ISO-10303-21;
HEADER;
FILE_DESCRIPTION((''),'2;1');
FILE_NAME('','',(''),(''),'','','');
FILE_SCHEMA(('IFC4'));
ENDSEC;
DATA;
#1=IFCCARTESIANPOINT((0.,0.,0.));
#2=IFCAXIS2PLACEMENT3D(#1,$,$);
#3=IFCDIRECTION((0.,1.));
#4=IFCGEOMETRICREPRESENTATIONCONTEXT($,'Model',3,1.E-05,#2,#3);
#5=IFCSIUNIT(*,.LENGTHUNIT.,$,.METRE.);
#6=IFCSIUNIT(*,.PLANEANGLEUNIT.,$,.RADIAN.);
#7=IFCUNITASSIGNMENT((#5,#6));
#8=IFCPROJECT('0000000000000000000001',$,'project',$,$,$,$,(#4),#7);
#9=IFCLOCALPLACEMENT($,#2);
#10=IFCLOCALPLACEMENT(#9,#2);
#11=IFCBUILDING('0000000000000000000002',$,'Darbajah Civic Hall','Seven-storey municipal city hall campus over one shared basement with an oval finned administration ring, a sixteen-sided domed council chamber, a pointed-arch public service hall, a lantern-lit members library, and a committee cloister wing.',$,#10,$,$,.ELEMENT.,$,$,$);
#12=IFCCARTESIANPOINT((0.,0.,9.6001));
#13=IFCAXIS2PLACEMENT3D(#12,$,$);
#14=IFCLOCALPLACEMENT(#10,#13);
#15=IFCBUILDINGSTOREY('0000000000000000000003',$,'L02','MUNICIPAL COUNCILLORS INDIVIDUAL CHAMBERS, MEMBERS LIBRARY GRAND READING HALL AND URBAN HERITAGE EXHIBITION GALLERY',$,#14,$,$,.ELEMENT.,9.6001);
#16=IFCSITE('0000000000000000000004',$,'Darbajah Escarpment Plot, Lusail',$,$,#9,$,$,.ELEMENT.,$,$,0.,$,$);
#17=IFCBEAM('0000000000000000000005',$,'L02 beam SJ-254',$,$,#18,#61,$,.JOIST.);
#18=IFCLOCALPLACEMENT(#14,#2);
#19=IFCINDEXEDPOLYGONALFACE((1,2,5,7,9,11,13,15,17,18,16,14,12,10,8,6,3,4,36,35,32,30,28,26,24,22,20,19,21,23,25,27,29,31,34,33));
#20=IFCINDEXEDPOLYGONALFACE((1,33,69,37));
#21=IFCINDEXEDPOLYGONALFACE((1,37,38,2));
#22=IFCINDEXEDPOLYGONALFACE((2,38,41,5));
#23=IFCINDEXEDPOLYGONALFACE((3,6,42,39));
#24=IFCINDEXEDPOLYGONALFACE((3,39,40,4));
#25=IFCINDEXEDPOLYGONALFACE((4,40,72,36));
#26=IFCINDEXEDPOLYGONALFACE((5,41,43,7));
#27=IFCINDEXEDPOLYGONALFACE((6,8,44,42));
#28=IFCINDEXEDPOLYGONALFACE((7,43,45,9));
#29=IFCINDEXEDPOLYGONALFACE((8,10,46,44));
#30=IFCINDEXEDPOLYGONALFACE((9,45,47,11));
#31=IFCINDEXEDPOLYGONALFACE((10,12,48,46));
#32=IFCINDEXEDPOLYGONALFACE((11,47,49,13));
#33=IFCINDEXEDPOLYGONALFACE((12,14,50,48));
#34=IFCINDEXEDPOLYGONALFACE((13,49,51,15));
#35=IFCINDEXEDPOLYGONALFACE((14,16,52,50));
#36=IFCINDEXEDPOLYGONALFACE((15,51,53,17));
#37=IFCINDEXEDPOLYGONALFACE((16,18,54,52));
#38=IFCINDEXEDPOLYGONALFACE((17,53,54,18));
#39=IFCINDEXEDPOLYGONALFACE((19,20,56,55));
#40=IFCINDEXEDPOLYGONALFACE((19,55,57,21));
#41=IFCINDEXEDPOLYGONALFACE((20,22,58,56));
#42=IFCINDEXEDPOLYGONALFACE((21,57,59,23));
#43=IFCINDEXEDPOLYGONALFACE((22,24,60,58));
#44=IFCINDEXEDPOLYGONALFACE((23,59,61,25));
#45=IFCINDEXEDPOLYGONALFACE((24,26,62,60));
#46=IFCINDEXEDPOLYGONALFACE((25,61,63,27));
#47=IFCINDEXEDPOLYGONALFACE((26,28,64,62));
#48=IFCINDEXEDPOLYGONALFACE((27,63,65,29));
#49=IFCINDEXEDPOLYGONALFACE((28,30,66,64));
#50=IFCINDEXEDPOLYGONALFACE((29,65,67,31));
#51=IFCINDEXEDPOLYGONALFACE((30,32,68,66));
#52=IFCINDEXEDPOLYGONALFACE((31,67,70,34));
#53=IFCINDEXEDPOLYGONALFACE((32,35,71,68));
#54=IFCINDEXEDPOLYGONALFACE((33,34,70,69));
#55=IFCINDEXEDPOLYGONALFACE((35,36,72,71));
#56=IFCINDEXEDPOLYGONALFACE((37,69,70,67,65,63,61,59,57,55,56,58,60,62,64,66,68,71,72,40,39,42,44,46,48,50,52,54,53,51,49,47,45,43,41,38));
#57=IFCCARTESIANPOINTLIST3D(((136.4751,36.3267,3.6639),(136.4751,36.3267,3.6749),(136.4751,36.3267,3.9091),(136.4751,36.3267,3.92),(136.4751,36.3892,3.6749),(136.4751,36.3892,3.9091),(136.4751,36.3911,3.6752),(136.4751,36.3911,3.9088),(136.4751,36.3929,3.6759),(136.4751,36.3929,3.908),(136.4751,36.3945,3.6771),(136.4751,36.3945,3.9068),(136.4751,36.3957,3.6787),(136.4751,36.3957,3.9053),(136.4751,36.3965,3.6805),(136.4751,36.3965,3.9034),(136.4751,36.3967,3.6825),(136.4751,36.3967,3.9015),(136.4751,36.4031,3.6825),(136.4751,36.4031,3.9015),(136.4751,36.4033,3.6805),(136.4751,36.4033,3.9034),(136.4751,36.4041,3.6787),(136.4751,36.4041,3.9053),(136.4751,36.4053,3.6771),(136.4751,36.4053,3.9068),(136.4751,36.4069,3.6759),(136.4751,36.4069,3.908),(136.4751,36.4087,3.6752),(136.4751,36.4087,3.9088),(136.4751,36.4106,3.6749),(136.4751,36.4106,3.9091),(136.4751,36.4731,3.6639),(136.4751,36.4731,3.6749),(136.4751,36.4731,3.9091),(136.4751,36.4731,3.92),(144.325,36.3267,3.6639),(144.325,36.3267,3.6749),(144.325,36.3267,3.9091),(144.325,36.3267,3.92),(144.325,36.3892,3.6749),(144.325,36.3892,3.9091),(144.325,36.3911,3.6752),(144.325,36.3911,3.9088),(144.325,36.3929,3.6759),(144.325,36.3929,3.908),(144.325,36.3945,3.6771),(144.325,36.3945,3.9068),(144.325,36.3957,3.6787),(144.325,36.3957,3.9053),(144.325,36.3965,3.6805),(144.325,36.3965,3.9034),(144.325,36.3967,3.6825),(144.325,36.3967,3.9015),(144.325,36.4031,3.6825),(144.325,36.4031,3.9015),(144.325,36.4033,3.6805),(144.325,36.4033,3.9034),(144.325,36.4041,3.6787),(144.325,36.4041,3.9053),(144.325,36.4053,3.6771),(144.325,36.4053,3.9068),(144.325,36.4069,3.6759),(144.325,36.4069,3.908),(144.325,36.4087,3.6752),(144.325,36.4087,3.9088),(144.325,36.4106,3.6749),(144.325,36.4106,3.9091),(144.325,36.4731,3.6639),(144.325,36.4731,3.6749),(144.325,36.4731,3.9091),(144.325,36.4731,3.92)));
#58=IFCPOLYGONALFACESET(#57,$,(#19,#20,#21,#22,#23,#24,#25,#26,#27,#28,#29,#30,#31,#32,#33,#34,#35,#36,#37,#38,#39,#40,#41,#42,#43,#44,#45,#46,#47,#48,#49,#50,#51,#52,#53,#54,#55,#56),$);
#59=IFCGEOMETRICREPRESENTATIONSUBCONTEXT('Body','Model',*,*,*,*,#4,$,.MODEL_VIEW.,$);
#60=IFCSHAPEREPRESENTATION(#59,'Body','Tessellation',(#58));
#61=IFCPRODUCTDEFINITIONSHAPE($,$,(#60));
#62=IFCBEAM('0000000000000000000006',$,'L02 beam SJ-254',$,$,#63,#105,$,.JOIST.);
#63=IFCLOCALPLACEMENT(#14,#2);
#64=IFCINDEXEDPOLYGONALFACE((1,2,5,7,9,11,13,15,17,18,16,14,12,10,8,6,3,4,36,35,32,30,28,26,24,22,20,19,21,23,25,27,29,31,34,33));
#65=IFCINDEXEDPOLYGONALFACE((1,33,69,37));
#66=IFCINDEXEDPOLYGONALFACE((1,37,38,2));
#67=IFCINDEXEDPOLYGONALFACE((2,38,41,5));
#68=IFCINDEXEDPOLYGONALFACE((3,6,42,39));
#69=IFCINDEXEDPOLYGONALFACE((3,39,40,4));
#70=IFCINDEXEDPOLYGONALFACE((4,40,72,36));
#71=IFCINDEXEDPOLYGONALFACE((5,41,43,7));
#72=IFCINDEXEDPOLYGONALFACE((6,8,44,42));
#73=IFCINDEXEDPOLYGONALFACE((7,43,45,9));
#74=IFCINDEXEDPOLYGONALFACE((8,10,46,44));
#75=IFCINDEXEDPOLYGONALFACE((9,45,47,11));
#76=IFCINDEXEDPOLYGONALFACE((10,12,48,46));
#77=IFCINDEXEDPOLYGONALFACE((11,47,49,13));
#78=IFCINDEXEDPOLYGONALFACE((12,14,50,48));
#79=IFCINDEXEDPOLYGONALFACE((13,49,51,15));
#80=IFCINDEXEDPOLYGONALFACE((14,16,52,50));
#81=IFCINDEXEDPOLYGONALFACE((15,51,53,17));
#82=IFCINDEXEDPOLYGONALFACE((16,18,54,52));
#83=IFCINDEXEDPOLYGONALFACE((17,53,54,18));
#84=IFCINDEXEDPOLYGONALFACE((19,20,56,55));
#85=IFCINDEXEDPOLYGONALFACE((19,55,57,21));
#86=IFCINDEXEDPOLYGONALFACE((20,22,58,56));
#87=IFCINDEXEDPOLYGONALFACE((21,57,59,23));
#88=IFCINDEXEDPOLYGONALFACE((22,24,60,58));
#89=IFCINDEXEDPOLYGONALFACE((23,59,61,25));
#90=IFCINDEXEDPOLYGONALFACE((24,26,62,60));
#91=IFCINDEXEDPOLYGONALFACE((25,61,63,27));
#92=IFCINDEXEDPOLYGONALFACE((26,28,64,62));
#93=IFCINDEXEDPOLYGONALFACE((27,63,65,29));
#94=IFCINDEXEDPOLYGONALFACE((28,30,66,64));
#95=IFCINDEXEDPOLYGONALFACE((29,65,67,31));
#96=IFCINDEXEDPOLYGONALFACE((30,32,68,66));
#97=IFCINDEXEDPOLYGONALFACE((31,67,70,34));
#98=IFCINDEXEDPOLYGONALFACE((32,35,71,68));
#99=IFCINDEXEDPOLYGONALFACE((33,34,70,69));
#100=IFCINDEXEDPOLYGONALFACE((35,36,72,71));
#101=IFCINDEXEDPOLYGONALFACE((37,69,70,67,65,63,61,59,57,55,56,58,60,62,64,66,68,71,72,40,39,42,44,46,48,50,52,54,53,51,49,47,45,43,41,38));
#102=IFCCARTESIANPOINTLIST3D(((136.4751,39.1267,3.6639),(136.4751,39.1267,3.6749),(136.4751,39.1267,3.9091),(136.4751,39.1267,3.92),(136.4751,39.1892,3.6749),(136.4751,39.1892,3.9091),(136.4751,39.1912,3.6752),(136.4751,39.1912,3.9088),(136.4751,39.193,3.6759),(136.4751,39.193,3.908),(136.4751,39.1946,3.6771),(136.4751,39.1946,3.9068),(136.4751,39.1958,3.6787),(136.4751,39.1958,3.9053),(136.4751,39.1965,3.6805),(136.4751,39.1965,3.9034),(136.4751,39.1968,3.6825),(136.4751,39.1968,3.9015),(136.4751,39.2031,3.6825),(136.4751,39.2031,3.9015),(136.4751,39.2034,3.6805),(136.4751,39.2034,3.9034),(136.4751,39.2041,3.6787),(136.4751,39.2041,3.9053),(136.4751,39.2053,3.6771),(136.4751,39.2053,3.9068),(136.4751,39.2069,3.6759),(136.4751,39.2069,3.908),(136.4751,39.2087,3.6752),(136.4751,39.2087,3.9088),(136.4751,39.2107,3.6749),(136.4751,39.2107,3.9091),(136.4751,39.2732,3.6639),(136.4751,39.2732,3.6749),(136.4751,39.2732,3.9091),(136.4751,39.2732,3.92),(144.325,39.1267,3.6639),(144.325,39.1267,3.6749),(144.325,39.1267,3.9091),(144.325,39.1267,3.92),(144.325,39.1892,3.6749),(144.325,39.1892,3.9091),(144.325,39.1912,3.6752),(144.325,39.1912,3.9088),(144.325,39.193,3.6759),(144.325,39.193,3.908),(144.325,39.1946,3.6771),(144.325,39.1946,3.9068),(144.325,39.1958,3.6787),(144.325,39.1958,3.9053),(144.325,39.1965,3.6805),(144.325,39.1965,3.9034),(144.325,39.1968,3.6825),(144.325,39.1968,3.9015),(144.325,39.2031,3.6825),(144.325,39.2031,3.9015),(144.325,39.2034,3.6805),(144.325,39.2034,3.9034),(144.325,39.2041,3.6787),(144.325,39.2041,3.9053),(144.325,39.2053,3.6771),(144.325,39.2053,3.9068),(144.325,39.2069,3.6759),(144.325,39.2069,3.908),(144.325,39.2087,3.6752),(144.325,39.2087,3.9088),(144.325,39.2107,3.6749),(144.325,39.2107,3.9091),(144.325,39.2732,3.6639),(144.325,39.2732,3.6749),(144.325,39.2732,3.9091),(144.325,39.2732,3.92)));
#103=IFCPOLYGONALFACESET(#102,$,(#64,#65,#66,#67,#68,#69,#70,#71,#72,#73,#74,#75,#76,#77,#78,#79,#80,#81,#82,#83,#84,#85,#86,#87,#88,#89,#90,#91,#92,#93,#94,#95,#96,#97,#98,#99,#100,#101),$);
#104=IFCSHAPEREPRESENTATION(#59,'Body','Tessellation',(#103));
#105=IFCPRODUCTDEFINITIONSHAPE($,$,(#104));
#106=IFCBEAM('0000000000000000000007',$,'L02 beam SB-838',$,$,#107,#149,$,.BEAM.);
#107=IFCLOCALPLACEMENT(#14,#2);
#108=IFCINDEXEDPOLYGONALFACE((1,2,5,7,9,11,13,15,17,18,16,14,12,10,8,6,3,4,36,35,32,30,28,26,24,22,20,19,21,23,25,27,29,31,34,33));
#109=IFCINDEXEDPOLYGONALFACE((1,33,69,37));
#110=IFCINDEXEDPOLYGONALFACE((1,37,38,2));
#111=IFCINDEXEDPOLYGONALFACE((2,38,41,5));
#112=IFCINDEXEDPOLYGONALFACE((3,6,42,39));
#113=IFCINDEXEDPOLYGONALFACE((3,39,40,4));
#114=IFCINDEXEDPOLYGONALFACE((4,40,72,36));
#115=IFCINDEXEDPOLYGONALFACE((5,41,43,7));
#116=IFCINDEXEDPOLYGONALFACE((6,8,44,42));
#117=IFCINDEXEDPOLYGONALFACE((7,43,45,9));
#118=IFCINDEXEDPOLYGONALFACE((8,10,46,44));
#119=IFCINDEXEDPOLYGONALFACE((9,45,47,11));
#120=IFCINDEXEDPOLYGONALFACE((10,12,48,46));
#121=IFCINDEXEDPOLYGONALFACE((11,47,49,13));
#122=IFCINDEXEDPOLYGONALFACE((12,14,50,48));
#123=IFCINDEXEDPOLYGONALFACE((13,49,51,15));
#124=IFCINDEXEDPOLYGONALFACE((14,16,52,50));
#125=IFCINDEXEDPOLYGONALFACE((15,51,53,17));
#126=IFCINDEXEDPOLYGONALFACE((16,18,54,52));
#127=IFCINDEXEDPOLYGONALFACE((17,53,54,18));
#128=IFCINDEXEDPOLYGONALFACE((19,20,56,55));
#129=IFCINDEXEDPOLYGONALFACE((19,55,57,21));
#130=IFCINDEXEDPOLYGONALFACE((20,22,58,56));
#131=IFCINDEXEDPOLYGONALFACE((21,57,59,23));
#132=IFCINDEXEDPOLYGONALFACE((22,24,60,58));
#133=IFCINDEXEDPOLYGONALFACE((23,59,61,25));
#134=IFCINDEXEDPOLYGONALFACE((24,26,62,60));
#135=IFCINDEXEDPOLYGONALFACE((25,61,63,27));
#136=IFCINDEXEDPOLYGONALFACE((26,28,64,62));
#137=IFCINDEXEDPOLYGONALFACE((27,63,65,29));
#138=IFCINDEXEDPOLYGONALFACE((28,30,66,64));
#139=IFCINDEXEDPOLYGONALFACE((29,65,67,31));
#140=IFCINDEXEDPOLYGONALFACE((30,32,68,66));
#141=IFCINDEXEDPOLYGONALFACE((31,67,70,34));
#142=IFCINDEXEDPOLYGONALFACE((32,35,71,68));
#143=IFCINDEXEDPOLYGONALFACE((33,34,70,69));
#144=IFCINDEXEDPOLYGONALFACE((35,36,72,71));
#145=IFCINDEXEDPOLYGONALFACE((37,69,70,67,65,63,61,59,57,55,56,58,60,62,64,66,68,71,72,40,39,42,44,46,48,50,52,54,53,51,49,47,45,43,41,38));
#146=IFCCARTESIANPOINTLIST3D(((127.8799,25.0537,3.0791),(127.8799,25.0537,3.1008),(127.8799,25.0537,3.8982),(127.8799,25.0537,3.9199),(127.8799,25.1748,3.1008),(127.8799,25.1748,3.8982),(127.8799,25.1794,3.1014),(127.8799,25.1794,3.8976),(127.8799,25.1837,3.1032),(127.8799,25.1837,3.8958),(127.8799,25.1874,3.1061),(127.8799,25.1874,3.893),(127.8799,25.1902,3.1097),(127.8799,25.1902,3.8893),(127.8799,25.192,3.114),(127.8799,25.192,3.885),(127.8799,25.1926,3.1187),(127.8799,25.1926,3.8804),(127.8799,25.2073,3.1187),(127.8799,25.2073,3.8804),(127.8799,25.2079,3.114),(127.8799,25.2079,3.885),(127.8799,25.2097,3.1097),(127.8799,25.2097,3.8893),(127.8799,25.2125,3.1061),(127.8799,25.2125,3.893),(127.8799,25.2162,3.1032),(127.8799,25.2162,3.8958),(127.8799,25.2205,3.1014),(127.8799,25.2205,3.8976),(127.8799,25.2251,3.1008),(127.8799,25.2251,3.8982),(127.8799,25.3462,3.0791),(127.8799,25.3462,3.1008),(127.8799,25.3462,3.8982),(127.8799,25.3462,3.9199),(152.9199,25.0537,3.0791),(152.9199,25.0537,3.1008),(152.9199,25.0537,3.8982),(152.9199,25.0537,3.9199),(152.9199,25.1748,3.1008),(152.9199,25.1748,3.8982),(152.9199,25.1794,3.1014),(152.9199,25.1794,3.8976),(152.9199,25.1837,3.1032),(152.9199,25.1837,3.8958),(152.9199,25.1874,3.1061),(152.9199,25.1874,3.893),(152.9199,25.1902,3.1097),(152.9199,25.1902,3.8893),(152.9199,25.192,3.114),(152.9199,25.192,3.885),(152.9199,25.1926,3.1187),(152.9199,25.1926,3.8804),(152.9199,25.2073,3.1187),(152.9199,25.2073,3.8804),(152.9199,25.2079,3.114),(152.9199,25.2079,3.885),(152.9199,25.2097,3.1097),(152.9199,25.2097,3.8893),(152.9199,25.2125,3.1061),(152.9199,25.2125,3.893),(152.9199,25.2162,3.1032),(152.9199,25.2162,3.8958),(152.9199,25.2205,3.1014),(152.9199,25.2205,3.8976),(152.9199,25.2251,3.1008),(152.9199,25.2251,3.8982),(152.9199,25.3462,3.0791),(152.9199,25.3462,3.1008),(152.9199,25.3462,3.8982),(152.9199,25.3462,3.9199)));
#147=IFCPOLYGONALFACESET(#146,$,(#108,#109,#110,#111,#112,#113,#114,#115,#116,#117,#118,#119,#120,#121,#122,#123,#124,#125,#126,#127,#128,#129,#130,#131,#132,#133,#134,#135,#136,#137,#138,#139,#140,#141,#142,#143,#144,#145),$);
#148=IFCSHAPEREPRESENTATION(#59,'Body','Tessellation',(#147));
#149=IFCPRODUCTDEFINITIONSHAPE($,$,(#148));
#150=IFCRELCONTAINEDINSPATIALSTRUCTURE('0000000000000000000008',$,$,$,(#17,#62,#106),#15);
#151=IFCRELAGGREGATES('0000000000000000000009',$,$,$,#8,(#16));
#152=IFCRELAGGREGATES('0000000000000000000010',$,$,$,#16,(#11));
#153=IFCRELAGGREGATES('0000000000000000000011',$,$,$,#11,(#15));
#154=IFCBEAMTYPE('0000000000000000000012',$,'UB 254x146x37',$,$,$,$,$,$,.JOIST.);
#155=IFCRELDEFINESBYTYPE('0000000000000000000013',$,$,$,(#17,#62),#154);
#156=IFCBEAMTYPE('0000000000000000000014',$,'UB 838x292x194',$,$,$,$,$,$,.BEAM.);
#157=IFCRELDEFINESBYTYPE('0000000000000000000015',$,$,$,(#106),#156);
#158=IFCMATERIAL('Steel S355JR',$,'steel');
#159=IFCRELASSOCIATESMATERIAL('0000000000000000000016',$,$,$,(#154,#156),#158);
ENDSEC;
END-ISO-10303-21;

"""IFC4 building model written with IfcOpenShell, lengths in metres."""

from ifc_helpers import new_model, si_unit, direction, frame, origin, origin_2d, place, context, subcontext, project, spatial, i_section, extrude, material, material_profile, profile_set, type_object, element, save


model = new_model("IFC4")

# Units and contexts
model_context = context("Model", 3, precision=1e-05, world=origin(), true_north=direction((0.0, 1.0)))
body_context = subcontext(model_context, "Body", "Model", "MODEL_VIEW")
ifc_project = project(units=[si_unit("LENGTHUNIT", "METRE"), si_unit("PLANEANGLEUNIT", "RADIAN")], contexts=[model_context])

# Site, building, storey
site_placement = place(None, origin())
site = spatial("IfcSite", under=ifc_project, at=site_placement, Name="Darbajah Escarpment Plot, Lusail", CompositionType="ELEMENT", RefElevation=0.0)
building_placement = place(site_placement, origin())
building = spatial("IfcBuilding", under=site, at=building_placement, Name="Darbajah Civic Hall", Description="Seven-storey municipal city hall campus over one shared basement with an oval finned administration ring, a sixteen-sided domed council chamber, a pointed-arch public service hall, a lantern-lit members library, and a committee cloister wing.", CompositionType="ELEMENT")
storey_placement = place(building_placement, frame((0.0, 0.0, 9.6001)))
storey = spatial("IfcBuildingStorey", under=building, at=storey_placement, Name="L02", Description="MUNICIPAL COUNCILLORS INDIVIDUAL CHAMBERS, MEMBERS LIBRARY GRAND READING HALL AND URBAN HERITAGE EXHIBITION GALLERY", CompositionType="ELEMENT", Elevation=9.6001)

# Shared definitions
ifc_material_1 = material(Name="Steel S355JR", Category="steel")

# Beams
ifc_material_profile_1 = material_profile(ifc_material_1, i_section(OverallWidth=0.1465, OverallDepth=0.2561, WebThickness=0.0063, FlangeThickness=0.011, FilletRadius=0.0076, at=origin_2d()), Name="UB 254x146x37")
ifc_profile_set_1 = profile_set([ifc_material_profile_1], Name="Steel S355JR")
beam_type_1 = type_object("IfcBeamType", Name="UB 254x146x37", PredefinedType="JOIST", material=ifc_profile_set_1)
for number, where, z_axis, x_axis, name in (
    (1, (136.4751, 36.3999, 3.792), (1.0, 0.0, 0.0), (0.0, 1.0, 0.0), "L02 beam SJ-254"),
    (2, (136.4751, 39.2, 3.792), (1.0, 0.0, 0.0), (0.0, 1.0, 0.0), "L02 beam SJ-254"),
):
    element("IfcBeam", number, at=place(storey_placement, frame(where, z_axis=z_axis, x_axis=x_axis)), inside=storey, type_object=beam_type_1, Name=name, PredefinedType="JOIST", context=body_context, shape_type="SweptSolid", body=[
        extrude(i_section(OverallWidth=0.1465, OverallDepth=0.2561, WebThickness=0.0063, FlangeThickness=0.011, FilletRadius=0.0076, at=origin_2d()), origin(), (0.0, 0.0, 1.0), 7.8499),
    ])
ifc_material_profile_2 = material_profile(ifc_material_1, i_section(OverallWidth=0.2925, OverallDepth=0.8408, WebThickness=0.0146, FlangeThickness=0.0217, FilletRadius=0.0178, at=origin_2d()), Name="UB 838x292x194")
ifc_profile_set_2 = profile_set([ifc_material_profile_2], Name="Steel S355JR")
beam_type_2 = type_object("IfcBeamType", Name="UB 838x292x194", PredefinedType="BEAM", material=ifc_profile_set_2)
beam_1_placement = place(storey_placement, frame((127.8799, 25.2, 3.4995), z_axis=(1.0, 0.0, 0.0), x_axis=(0.0, 1.0, 0.0)))
element("IfcBeam", 3, at=beam_1_placement, inside=storey, type_object=beam_type_2, Name="L02 beam SB-838", PredefinedType="BEAM", context=body_context, shape_type="SweptSolid", body=[
    extrude(i_section(OverallWidth=0.2925, OverallDepth=0.8408, WebThickness=0.0146, FlangeThickness=0.0217, FilletRadius=0.0178, at=origin_2d()), origin(), (0.0, 0.0, 1.0), 25.04),
])

save(model, "model.ifc")
